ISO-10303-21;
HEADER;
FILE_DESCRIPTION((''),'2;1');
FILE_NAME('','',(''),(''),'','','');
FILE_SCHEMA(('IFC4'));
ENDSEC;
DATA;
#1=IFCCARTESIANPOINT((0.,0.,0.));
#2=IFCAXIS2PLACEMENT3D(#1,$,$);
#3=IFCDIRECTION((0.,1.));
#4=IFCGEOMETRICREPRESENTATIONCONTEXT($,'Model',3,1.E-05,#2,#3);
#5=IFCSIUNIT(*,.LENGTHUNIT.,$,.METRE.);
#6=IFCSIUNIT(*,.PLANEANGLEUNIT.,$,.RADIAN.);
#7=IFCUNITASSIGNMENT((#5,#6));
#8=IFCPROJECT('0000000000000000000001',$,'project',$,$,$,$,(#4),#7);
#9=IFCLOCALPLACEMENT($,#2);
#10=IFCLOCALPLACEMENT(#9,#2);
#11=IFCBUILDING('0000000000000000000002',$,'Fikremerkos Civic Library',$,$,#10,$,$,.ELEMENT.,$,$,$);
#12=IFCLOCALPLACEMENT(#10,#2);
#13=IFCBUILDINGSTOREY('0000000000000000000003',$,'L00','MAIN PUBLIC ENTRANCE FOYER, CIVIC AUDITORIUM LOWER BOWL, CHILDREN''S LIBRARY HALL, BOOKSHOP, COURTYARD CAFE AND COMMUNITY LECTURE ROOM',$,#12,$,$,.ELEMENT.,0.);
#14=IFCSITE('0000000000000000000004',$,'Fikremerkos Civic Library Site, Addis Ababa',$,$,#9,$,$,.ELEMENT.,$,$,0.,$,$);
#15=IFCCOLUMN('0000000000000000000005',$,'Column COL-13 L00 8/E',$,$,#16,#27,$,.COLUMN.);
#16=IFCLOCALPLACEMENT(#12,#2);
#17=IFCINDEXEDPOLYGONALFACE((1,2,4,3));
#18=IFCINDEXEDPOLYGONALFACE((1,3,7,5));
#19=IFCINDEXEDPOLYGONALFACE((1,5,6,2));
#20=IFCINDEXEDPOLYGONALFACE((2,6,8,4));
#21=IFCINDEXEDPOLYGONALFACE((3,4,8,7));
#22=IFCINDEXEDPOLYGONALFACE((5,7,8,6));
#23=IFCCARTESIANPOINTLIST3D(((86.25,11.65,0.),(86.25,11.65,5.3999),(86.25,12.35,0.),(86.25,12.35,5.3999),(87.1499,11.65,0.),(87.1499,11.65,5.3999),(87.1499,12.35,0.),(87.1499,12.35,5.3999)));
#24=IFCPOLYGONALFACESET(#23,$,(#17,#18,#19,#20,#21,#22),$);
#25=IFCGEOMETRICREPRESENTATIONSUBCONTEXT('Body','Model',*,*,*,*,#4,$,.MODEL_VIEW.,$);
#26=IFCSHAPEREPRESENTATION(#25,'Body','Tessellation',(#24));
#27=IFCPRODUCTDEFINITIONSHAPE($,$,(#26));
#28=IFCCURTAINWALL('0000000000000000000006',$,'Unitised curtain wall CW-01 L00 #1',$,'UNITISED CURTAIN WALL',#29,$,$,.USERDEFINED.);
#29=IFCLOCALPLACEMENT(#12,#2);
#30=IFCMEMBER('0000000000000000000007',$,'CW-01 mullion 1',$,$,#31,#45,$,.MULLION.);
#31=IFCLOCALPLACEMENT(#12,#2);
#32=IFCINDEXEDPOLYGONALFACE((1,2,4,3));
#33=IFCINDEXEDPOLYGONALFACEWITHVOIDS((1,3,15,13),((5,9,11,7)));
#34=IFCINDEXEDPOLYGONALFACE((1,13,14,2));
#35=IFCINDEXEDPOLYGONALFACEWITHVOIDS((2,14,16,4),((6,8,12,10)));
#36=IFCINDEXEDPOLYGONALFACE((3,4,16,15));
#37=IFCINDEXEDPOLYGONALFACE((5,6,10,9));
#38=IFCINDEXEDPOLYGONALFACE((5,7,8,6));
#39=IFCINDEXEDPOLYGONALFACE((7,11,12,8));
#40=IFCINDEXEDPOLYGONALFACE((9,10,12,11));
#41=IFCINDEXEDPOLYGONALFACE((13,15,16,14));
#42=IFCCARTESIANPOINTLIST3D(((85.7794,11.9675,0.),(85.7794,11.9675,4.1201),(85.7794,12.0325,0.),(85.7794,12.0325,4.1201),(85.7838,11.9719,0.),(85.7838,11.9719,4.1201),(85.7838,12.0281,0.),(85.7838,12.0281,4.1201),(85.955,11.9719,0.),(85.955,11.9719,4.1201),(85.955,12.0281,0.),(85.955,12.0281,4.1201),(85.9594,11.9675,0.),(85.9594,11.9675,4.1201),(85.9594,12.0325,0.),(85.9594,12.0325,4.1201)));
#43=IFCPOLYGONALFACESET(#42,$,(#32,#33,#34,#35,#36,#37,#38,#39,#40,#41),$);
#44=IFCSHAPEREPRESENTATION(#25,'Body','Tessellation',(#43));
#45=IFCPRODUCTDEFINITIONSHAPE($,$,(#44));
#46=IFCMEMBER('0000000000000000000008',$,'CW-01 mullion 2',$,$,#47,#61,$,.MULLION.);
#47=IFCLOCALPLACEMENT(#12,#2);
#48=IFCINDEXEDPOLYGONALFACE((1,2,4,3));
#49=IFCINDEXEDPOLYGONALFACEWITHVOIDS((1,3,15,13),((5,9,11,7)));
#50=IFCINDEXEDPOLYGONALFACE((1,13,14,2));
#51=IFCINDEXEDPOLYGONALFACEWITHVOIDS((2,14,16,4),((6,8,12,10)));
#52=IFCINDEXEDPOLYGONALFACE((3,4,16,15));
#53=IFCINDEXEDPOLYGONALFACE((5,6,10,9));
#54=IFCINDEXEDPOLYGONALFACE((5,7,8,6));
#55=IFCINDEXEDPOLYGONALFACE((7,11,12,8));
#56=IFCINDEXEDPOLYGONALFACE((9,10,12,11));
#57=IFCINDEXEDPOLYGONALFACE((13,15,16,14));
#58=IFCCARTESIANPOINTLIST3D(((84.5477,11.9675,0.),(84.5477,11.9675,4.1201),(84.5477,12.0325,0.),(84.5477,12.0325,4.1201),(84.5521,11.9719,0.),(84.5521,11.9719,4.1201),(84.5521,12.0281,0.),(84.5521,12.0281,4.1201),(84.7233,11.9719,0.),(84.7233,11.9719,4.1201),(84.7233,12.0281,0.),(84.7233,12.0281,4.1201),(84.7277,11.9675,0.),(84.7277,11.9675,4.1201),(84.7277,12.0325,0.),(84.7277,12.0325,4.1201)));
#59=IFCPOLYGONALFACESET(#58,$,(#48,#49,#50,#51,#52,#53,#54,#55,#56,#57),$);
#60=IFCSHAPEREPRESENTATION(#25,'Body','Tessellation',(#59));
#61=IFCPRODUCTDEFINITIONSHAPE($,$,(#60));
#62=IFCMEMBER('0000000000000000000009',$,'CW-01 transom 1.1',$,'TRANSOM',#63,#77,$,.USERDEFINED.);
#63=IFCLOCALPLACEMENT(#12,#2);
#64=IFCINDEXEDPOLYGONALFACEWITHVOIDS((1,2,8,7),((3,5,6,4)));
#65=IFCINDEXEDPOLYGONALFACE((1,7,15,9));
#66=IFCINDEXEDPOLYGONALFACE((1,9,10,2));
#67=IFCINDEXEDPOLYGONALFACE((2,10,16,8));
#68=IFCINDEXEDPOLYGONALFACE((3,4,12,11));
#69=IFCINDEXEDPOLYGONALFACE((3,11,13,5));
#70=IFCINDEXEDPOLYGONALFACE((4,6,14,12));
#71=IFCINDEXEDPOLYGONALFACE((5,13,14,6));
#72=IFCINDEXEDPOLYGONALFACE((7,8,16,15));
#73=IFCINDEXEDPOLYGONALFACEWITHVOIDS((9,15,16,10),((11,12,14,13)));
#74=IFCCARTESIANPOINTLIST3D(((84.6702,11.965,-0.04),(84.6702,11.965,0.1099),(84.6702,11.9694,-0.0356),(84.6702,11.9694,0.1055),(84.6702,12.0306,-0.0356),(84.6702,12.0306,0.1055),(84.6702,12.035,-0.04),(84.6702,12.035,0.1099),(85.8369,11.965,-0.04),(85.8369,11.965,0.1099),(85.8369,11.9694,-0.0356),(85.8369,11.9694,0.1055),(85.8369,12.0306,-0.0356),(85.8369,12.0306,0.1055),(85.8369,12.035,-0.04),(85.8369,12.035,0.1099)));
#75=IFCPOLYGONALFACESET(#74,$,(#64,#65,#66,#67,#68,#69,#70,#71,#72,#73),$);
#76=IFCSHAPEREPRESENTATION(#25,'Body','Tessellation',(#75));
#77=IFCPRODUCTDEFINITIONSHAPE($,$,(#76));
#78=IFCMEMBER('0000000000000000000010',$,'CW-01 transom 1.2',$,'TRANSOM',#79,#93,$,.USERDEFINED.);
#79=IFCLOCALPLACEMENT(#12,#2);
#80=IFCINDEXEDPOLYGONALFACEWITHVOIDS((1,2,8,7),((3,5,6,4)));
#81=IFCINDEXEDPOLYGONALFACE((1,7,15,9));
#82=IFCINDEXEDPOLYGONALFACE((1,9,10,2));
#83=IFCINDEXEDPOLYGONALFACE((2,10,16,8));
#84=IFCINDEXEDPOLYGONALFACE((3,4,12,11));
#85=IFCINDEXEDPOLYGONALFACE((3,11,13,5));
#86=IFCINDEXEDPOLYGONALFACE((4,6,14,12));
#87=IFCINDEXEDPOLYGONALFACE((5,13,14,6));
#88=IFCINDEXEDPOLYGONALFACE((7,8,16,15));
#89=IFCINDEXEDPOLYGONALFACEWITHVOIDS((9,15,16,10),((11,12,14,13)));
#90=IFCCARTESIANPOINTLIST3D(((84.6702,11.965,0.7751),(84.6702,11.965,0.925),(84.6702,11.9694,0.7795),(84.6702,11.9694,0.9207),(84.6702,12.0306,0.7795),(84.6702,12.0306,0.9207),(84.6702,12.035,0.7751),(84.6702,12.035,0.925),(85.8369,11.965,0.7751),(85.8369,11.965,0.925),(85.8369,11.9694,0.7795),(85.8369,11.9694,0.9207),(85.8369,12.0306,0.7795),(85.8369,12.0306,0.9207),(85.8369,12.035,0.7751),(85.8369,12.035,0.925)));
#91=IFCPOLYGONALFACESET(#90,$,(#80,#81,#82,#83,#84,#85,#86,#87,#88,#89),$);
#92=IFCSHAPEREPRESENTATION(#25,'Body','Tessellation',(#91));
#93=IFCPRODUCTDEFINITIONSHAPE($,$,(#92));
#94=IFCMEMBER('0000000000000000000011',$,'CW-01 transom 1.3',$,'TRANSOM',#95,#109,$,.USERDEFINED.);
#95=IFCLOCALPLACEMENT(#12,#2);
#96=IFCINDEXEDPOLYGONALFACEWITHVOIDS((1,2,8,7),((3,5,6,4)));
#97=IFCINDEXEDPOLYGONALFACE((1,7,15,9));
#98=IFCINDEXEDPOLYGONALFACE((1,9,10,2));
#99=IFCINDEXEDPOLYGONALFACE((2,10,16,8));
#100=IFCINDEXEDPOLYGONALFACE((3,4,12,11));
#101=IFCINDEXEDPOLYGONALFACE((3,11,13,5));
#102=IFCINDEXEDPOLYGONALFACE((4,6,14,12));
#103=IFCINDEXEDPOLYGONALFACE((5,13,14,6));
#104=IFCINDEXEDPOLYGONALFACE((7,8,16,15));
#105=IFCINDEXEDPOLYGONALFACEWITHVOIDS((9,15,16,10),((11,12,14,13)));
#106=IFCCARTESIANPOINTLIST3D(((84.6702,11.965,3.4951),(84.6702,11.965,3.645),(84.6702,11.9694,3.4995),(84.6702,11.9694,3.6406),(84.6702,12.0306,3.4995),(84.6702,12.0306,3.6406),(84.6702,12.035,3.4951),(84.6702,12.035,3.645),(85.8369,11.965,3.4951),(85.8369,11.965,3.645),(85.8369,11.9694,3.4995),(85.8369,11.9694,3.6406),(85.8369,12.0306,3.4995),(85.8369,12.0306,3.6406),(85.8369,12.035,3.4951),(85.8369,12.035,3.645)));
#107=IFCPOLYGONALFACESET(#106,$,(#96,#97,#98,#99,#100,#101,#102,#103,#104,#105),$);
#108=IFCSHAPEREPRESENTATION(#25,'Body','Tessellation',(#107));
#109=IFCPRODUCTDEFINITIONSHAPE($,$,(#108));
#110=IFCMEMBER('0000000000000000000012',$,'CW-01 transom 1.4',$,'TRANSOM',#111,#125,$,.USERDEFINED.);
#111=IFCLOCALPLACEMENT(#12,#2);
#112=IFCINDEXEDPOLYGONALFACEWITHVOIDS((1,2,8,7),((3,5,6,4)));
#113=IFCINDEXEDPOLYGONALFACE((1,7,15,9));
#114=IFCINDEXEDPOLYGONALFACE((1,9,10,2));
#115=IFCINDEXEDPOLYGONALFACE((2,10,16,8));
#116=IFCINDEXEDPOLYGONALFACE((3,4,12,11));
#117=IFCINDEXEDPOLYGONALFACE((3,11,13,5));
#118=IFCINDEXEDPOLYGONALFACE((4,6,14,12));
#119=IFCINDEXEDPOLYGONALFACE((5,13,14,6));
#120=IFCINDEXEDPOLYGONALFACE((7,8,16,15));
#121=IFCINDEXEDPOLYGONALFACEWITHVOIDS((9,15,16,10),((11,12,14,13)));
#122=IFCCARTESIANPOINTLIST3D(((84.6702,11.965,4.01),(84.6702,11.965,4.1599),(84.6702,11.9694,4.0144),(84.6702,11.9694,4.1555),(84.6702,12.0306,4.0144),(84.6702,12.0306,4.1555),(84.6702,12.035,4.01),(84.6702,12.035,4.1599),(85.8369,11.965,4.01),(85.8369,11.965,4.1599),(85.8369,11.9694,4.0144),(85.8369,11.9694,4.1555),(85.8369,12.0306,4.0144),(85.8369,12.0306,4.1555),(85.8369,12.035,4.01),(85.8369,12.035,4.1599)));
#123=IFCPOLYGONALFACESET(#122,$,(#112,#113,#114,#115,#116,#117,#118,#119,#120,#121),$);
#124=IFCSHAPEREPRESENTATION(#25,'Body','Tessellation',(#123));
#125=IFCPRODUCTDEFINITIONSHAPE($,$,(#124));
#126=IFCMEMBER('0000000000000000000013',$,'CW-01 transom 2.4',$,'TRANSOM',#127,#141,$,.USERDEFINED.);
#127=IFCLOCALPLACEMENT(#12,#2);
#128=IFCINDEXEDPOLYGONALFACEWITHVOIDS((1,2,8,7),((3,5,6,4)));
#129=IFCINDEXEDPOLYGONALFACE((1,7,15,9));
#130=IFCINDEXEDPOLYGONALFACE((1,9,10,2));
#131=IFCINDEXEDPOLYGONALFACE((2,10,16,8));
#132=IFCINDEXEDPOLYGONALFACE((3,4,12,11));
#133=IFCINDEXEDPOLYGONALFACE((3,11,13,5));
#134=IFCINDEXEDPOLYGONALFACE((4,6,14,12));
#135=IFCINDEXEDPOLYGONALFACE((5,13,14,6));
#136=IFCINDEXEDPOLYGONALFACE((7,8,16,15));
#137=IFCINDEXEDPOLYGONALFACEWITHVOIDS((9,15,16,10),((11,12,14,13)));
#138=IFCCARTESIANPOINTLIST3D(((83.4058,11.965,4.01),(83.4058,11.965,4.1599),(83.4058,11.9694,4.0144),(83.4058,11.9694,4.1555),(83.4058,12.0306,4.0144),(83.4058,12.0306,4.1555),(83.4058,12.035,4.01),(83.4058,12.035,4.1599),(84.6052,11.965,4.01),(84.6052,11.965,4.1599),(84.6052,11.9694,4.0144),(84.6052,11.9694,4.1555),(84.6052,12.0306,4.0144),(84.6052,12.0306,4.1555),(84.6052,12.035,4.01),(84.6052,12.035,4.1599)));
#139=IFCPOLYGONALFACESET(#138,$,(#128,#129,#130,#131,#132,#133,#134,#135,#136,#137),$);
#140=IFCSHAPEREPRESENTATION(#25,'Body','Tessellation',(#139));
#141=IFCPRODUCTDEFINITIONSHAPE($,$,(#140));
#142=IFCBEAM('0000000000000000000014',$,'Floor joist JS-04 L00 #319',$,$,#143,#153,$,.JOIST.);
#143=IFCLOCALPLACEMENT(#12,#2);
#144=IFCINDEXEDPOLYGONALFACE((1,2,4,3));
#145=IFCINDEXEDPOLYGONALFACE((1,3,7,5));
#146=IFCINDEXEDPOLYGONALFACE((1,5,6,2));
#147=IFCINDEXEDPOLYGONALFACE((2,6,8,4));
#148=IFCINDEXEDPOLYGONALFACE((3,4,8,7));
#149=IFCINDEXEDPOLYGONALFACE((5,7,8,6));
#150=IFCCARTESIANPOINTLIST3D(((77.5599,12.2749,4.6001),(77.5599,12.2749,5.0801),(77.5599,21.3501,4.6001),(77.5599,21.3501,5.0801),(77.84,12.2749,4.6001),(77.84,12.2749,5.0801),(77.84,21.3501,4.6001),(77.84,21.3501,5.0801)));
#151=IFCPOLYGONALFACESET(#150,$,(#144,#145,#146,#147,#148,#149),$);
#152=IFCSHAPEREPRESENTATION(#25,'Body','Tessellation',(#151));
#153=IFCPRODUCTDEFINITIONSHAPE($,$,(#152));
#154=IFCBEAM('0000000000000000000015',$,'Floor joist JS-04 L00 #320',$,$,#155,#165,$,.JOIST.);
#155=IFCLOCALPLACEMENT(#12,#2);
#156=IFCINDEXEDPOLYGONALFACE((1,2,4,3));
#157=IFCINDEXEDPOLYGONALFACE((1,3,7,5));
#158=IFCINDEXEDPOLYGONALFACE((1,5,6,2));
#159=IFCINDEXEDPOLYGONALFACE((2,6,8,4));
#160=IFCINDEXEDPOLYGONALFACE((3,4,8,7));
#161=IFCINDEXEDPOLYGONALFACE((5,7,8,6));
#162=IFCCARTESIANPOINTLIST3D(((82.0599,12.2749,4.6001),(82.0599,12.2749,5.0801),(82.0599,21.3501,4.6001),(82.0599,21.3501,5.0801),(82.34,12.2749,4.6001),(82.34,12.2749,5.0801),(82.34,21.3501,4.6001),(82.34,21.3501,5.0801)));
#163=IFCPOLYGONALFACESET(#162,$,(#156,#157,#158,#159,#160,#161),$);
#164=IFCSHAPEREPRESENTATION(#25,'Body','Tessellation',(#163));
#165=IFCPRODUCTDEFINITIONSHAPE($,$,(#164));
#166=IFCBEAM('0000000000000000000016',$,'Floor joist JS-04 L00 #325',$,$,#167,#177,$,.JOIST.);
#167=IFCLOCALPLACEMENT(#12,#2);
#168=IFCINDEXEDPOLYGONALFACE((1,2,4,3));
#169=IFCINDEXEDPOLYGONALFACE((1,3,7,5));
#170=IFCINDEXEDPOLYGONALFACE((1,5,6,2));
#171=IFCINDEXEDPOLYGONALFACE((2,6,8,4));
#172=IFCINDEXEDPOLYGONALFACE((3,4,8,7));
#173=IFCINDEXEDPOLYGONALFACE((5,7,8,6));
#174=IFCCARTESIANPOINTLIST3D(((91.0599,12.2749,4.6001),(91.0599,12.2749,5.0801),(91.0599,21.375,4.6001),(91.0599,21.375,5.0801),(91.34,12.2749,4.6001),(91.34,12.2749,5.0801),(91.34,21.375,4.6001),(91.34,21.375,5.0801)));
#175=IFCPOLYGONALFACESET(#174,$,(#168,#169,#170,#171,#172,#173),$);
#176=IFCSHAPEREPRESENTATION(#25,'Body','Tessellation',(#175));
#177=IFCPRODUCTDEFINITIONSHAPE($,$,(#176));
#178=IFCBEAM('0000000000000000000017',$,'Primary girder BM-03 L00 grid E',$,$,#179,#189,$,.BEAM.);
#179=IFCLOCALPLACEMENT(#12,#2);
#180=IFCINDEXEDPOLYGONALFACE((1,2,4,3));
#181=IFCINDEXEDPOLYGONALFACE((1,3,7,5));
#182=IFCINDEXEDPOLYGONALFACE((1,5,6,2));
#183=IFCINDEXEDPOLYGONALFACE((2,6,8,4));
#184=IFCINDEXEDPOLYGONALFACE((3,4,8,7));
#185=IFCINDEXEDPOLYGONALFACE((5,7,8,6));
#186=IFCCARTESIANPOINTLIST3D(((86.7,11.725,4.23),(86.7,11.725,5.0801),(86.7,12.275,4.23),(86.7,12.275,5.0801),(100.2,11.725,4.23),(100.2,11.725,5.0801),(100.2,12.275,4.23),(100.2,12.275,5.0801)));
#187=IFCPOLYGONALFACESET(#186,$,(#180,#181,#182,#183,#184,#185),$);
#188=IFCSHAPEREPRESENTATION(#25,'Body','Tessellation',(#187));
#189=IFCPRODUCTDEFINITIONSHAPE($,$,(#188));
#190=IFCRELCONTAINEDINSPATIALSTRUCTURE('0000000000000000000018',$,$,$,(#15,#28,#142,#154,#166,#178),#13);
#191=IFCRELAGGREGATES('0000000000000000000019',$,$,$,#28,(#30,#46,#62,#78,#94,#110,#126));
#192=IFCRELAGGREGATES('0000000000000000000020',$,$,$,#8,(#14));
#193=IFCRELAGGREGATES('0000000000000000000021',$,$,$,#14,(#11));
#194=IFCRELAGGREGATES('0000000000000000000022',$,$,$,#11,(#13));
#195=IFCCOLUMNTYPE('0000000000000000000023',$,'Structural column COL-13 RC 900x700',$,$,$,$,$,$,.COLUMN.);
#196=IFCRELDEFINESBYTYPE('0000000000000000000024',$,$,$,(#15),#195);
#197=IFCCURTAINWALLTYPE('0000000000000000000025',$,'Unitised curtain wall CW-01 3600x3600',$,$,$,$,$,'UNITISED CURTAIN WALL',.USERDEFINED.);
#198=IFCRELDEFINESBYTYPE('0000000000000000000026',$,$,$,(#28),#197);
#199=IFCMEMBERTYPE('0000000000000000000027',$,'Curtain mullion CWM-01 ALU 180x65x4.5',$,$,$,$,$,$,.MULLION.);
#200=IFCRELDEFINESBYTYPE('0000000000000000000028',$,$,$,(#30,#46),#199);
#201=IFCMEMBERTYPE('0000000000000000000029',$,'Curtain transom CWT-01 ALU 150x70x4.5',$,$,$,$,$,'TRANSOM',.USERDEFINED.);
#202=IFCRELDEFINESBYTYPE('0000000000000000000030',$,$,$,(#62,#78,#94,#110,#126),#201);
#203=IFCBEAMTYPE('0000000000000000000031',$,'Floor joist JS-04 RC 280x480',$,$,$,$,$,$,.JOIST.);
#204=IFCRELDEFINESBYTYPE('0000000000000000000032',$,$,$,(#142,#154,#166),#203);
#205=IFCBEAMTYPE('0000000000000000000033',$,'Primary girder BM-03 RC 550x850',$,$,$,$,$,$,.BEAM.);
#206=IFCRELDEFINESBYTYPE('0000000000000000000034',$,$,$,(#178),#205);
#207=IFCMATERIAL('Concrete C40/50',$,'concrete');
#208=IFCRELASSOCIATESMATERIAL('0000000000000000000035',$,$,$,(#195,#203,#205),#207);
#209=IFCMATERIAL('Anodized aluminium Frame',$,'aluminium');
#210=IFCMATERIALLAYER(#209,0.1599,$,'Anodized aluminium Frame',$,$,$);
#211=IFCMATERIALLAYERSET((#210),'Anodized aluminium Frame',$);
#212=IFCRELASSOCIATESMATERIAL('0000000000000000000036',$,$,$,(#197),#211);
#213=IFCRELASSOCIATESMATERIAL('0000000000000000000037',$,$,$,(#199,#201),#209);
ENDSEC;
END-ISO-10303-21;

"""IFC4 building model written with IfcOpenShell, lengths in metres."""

from ifc_helpers import new_model, si_unit, direction, frame, origin, origin_2d, place, context, subcontext, project, spatial, rectangle, hollow_rectangle, extrude, material, layer, layer_set, material_profile, profile_set, type_object, element, aggregate, save


model = new_model("IFC4")

# Units and contexts
model_context = context("Model", 3, precision=1e-05, world=origin(), true_north=direction((0.0, 1.0)))
body_context = subcontext(model_context, "Body", "Model", "MODEL_VIEW")
ifc_project = project(units=[si_unit("LENGTHUNIT", "METRE"), si_unit("PLANEANGLEUNIT", "RADIAN")], contexts=[model_context])

# Site, building, storey
site_placement = place(None, origin())
site = spatial("IfcSite", under=ifc_project, at=site_placement, Name="Fikremerkos Civic Library Site, Addis Ababa", CompositionType="ELEMENT", RefElevation=0.0)
building_placement = place(site_placement, origin())
building = spatial("IfcBuilding", under=site, at=building_placement, Name="Fikremerkos Civic Library", CompositionType="ELEMENT")
storey_placement = place(building_placement, origin())
storey = spatial("IfcBuildingStorey", under=building, at=storey_placement, Name="L00", Description="MAIN PUBLIC ENTRANCE FOYER, CIVIC AUDITORIUM LOWER BOWL, CHILDREN'S LIBRARY HALL, BOOKSHOP, COURTYARD CAFE AND COMMUNITY LECTURE ROOM", CompositionType="ELEMENT", Elevation=0.0)

# Column
ifc_material_1 = material(Name="Concrete C40/50", Category="concrete")
ifc_material_profile_1 = material_profile(ifc_material_1, rectangle(XDim=0.8999, YDim=0.7, at=origin_2d()), Name="RC 900x700")
ifc_profile_set_1 = profile_set([ifc_material_profile_1], Name="Concrete C40/50")
column_type = type_object("IfcColumnType", Name="Structural column COL-13 RC 900x700", PredefinedType="COLUMN", material=ifc_profile_set_1)
column_placement = place(storey_placement, frame((86.7, 12.0, 0.0), z_axis=(0.0, 0.0, 1.0), x_axis=(1.0, 0.0, 0.0)))
element("IfcColumn", 1, at=column_placement, inside=storey, type_object=column_type, Name="Column COL-13 L00 8/E", PredefinedType="COLUMN", context=body_context, shape_type="SweptSolid", body=[
    extrude(rectangle(XDim=0.8999, YDim=0.7, at=origin_2d()), origin(), (0.0, 0.0, 1.0), 5.3999),
])

# Curtain wall, members
ifc_material_2 = material(Name="Anodized aluminium Frame", Category="aluminium")
ifc_layer_1 = layer(ifc_material_2, 0.1599, Name="Anodized aluminium Frame")
ifc_layer_set_1 = layer_set([ifc_layer_1], Name="Anodized aluminium Frame")
curtain_wall_type = type_object("IfcCurtainWallType", Name="Unitised curtain wall CW-01 3600x3600", ElementType="UNITISED CURTAIN WALL", PredefinedType="USERDEFINED", material=ifc_layer_set_1)
curtain_wall_placement = place(storey_placement, origin())
curtain_wall = element("IfcCurtainWall", 2, at=curtain_wall_placement, inside=storey, type_object=curtain_wall_type, Name="Unitised curtain wall CW-01 L00 #1", ObjectType="UNITISED CURTAIN WALL", PredefinedType="USERDEFINED")
ifc_material_profile_2 = material_profile(ifc_material_2, hollow_rectangle(XDim=0.0649, YDim=0.1799, WallThickness=0.0044, at=origin_2d()), Name="ALU 180x65x4.5")
ifc_profile_set_2 = profile_set([ifc_material_profile_2], Name="Anodized aluminium Frame")
member_type_1 = type_object("IfcMemberType", Name="Curtain mullion CWM-01 ALU 180x65x4.5", PredefinedType="MULLION", material=ifc_profile_set_2)
member_1_placement = place(storey_placement, frame((85.8694, 12.0, 0.0), z_axis=(0.0, 0.0, 1.0), x_axis=(0.0, -1.0, 0.0)))
member_1 = element("IfcMember", 3, at=member_1_placement, type_object=member_type_1, Name="CW-01 mullion 1", PredefinedType="MULLION", context=body_context, shape_type="SweptSolid", body=[
    extrude(hollow_rectangle(XDim=0.0649, YDim=0.1799, WallThickness=0.0044, at=origin_2d()), origin(), (0.0, 0.0, 1.0), 4.1201),
])
member_2_placement = place(storey_placement, frame((84.6377, 12.0, 0.0), z_axis=(0.0, 0.0, 1.0), x_axis=(0.0, -1.0, 0.0)))
member_2 = element("IfcMember", 4, at=member_2_placement, type_object=member_type_1, Name="CW-01 mullion 2", PredefinedType="MULLION", context=body_context, shape_type="SweptSolid", body=[
    extrude(hollow_rectangle(XDim=0.0649, YDim=0.1799, WallThickness=0.0044, at=origin_2d()), origin(), (0.0, 0.0, 1.0), 4.1201),
])
ifc_material_profile_3 = material_profile(ifc_material_2, hollow_rectangle(XDim=0.0701, YDim=0.1499, WallThickness=0.0044, at=origin_2d()), Name="ALU 150x70x4.5")
ifc_profile_set_3 = profile_set([ifc_material_profile_3], Name="Anodized aluminium Frame")
member_type_2 = type_object("IfcMemberType", Name="Curtain transom CWT-01 ALU 150x70x4.5", ElementType="TRANSOM", PredefinedType="USERDEFINED", material=ifc_profile_set_3)
member_3_placement = place(storey_placement, frame((85.8369, 12.0, 0.0349), z_axis=(-1.0, 0.0, 0.0), x_axis=(0.0, -1.0, 0.0)))
member_3 = element("IfcMember", 5, at=member_3_placement, type_object=member_type_2, Name="CW-01 transom 1.1", ObjectType="TRANSOM", PredefinedType="USERDEFINED", context=body_context, shape_type="SweptSolid", body=[
    extrude(hollow_rectangle(XDim=0.0701, YDim=0.1499, WallThickness=0.0044, at=origin_2d()), origin(), (0.0, 0.0, 1.0), 1.1667),
])
member_4_placement = place(storey_placement, frame((85.8369, 12.0, 0.8501), z_axis=(-1.0, 0.0, 0.0), x_axis=(0.0, -1.0, 0.0)))
member_4 = element("IfcMember", 6, at=member_4_placement, type_object=member_type_2, Name="CW-01 transom 1.2", ObjectType="TRANSOM", PredefinedType="USERDEFINED", context=body_context, shape_type="SweptSolid", body=[
    extrude(hollow_rectangle(XDim=0.0701, YDim=0.1499, WallThickness=0.0044, at=origin_2d()), origin(), (0.0, 0.0, 1.0), 1.1667),
])
member_5_placement = place(storey_placement, frame((85.8369, 12.0, 3.5701), z_axis=(-1.0, 0.0, 0.0), x_axis=(0.0, -1.0, 0.0)))
member_5 = element("IfcMember", 7, at=member_5_placement, type_object=member_type_2, Name="CW-01 transom 1.3", ObjectType="TRANSOM", PredefinedType="USERDEFINED", context=body_context, shape_type="SweptSolid", body=[
    extrude(hollow_rectangle(XDim=0.0701, YDim=0.1499, WallThickness=0.0044, at=origin_2d()), origin(), (0.0, 0.0, 1.0), 1.1667),
])
member_6_placement = place(storey_placement, frame((85.8369, 12.0, 4.085), z_axis=(-1.0, 0.0, 0.0), x_axis=(0.0, -1.0, 0.0)))
member_6 = element("IfcMember", 8, at=member_6_placement, type_object=member_type_2, Name="CW-01 transom 1.4", ObjectType="TRANSOM", PredefinedType="USERDEFINED", context=body_context, shape_type="SweptSolid", body=[
    extrude(hollow_rectangle(XDim=0.0701, YDim=0.1499, WallThickness=0.0044, at=origin_2d()), origin(), (0.0, 0.0, 1.0), 1.1667),
])
member_7_placement = place(storey_placement, frame((84.6052, 12.0, 4.085), z_axis=(-1.0, 0.0, 0.0), x_axis=(0.0, -1.0, 0.0)))
member_7 = element("IfcMember", 9, at=member_7_placement, type_object=member_type_2, Name="CW-01 transom 2.4", ObjectType="TRANSOM", PredefinedType="USERDEFINED", context=body_context, shape_type="SweptSolid", body=[
    extrude(hollow_rectangle(XDim=0.0701, YDim=0.1499, WallThickness=0.0044, at=origin_2d()), origin(), (0.0, 0.0, 1.0), 1.1995),
])

# Beams
ifc_material_profile_4 = material_profile(ifc_material_1, rectangle(XDim=0.28, YDim=0.48, at=origin_2d()), Name="RC 280x480")
ifc_profile_set_4 = profile_set([ifc_material_profile_4], Name="Concrete C40/50")
beam_type_1 = type_object("IfcBeamType", Name="Floor joist JS-04 RC 280x480", PredefinedType="JOIST", material=ifc_profile_set_4)
for number, where, z_axis, x_axis, name in (
    (10, (77.7, 12.2749, 4.8401), (0.0, 1.0, 0.0), (-1.0, 0.0, 0.0), "Floor joist JS-04 L00 #319"),
    (11, (82.2, 12.2749, 4.8401), (0.0, 1.0, 0.0), (-1.0, 0.0, 0.0), "Floor joist JS-04 L00 #320"),
):
    element("IfcBeam", number, at=place(storey_placement, frame(where, z_axis=z_axis, x_axis=x_axis)), inside=storey, type_object=beam_type_1, Name=name, PredefinedType="JOIST", context=body_context, shape_type="SweptSolid", body=[
        extrude(rectangle(XDim=0.28, YDim=0.48, at=origin_2d()), origin(), (0.0, 0.0, 1.0), 9.0752),
    ])
beam_1_placement = place(storey_placement, frame((91.2, 12.2749, 4.8401), z_axis=(0.0, 1.0, 0.0), x_axis=(-1.0, 0.0, 0.0)))
element("IfcBeam", 12, at=beam_1_placement, inside=storey, type_object=beam_type_1, Name="Floor joist JS-04 L00 #325", PredefinedType="JOIST", context=body_context, shape_type="SweptSolid", body=[
    extrude(rectangle(XDim=0.28, YDim=0.48, at=origin_2d()), origin(), (0.0, 0.0, 1.0), 9.1001),
])
ifc_material_profile_5 = material_profile(ifc_material_1, rectangle(XDim=0.55, YDim=0.8501, at=origin_2d()), Name="RC 550x850")
ifc_profile_set_5 = profile_set([ifc_material_profile_5], Name="Concrete C40/50")
beam_type_2 = type_object("IfcBeamType", Name="Primary girder BM-03 RC 550x850", PredefinedType="BEAM", material=ifc_profile_set_5)
beam_2_placement = place(storey_placement, frame((86.7, 12.0, 4.655), z_axis=(1.0, 0.0, 0.0), x_axis=(0.0, 1.0, 0.0)))
element("IfcBeam", 13, at=beam_2_placement, inside=storey, type_object=beam_type_2, Name="Primary girder BM-03 L00 grid E", PredefinedType="BEAM", context=body_context, shape_type="SweptSolid", body=[
    extrude(rectangle(XDim=0.55, YDim=0.8501, at=origin_2d()), origin(), (0.0, 0.0, 1.0), 13.5),
])

aggregate(curtain_wall, [member_1, member_2, member_3, member_4, member_5, member_6, member_7])

save(model, "model.ifc")
